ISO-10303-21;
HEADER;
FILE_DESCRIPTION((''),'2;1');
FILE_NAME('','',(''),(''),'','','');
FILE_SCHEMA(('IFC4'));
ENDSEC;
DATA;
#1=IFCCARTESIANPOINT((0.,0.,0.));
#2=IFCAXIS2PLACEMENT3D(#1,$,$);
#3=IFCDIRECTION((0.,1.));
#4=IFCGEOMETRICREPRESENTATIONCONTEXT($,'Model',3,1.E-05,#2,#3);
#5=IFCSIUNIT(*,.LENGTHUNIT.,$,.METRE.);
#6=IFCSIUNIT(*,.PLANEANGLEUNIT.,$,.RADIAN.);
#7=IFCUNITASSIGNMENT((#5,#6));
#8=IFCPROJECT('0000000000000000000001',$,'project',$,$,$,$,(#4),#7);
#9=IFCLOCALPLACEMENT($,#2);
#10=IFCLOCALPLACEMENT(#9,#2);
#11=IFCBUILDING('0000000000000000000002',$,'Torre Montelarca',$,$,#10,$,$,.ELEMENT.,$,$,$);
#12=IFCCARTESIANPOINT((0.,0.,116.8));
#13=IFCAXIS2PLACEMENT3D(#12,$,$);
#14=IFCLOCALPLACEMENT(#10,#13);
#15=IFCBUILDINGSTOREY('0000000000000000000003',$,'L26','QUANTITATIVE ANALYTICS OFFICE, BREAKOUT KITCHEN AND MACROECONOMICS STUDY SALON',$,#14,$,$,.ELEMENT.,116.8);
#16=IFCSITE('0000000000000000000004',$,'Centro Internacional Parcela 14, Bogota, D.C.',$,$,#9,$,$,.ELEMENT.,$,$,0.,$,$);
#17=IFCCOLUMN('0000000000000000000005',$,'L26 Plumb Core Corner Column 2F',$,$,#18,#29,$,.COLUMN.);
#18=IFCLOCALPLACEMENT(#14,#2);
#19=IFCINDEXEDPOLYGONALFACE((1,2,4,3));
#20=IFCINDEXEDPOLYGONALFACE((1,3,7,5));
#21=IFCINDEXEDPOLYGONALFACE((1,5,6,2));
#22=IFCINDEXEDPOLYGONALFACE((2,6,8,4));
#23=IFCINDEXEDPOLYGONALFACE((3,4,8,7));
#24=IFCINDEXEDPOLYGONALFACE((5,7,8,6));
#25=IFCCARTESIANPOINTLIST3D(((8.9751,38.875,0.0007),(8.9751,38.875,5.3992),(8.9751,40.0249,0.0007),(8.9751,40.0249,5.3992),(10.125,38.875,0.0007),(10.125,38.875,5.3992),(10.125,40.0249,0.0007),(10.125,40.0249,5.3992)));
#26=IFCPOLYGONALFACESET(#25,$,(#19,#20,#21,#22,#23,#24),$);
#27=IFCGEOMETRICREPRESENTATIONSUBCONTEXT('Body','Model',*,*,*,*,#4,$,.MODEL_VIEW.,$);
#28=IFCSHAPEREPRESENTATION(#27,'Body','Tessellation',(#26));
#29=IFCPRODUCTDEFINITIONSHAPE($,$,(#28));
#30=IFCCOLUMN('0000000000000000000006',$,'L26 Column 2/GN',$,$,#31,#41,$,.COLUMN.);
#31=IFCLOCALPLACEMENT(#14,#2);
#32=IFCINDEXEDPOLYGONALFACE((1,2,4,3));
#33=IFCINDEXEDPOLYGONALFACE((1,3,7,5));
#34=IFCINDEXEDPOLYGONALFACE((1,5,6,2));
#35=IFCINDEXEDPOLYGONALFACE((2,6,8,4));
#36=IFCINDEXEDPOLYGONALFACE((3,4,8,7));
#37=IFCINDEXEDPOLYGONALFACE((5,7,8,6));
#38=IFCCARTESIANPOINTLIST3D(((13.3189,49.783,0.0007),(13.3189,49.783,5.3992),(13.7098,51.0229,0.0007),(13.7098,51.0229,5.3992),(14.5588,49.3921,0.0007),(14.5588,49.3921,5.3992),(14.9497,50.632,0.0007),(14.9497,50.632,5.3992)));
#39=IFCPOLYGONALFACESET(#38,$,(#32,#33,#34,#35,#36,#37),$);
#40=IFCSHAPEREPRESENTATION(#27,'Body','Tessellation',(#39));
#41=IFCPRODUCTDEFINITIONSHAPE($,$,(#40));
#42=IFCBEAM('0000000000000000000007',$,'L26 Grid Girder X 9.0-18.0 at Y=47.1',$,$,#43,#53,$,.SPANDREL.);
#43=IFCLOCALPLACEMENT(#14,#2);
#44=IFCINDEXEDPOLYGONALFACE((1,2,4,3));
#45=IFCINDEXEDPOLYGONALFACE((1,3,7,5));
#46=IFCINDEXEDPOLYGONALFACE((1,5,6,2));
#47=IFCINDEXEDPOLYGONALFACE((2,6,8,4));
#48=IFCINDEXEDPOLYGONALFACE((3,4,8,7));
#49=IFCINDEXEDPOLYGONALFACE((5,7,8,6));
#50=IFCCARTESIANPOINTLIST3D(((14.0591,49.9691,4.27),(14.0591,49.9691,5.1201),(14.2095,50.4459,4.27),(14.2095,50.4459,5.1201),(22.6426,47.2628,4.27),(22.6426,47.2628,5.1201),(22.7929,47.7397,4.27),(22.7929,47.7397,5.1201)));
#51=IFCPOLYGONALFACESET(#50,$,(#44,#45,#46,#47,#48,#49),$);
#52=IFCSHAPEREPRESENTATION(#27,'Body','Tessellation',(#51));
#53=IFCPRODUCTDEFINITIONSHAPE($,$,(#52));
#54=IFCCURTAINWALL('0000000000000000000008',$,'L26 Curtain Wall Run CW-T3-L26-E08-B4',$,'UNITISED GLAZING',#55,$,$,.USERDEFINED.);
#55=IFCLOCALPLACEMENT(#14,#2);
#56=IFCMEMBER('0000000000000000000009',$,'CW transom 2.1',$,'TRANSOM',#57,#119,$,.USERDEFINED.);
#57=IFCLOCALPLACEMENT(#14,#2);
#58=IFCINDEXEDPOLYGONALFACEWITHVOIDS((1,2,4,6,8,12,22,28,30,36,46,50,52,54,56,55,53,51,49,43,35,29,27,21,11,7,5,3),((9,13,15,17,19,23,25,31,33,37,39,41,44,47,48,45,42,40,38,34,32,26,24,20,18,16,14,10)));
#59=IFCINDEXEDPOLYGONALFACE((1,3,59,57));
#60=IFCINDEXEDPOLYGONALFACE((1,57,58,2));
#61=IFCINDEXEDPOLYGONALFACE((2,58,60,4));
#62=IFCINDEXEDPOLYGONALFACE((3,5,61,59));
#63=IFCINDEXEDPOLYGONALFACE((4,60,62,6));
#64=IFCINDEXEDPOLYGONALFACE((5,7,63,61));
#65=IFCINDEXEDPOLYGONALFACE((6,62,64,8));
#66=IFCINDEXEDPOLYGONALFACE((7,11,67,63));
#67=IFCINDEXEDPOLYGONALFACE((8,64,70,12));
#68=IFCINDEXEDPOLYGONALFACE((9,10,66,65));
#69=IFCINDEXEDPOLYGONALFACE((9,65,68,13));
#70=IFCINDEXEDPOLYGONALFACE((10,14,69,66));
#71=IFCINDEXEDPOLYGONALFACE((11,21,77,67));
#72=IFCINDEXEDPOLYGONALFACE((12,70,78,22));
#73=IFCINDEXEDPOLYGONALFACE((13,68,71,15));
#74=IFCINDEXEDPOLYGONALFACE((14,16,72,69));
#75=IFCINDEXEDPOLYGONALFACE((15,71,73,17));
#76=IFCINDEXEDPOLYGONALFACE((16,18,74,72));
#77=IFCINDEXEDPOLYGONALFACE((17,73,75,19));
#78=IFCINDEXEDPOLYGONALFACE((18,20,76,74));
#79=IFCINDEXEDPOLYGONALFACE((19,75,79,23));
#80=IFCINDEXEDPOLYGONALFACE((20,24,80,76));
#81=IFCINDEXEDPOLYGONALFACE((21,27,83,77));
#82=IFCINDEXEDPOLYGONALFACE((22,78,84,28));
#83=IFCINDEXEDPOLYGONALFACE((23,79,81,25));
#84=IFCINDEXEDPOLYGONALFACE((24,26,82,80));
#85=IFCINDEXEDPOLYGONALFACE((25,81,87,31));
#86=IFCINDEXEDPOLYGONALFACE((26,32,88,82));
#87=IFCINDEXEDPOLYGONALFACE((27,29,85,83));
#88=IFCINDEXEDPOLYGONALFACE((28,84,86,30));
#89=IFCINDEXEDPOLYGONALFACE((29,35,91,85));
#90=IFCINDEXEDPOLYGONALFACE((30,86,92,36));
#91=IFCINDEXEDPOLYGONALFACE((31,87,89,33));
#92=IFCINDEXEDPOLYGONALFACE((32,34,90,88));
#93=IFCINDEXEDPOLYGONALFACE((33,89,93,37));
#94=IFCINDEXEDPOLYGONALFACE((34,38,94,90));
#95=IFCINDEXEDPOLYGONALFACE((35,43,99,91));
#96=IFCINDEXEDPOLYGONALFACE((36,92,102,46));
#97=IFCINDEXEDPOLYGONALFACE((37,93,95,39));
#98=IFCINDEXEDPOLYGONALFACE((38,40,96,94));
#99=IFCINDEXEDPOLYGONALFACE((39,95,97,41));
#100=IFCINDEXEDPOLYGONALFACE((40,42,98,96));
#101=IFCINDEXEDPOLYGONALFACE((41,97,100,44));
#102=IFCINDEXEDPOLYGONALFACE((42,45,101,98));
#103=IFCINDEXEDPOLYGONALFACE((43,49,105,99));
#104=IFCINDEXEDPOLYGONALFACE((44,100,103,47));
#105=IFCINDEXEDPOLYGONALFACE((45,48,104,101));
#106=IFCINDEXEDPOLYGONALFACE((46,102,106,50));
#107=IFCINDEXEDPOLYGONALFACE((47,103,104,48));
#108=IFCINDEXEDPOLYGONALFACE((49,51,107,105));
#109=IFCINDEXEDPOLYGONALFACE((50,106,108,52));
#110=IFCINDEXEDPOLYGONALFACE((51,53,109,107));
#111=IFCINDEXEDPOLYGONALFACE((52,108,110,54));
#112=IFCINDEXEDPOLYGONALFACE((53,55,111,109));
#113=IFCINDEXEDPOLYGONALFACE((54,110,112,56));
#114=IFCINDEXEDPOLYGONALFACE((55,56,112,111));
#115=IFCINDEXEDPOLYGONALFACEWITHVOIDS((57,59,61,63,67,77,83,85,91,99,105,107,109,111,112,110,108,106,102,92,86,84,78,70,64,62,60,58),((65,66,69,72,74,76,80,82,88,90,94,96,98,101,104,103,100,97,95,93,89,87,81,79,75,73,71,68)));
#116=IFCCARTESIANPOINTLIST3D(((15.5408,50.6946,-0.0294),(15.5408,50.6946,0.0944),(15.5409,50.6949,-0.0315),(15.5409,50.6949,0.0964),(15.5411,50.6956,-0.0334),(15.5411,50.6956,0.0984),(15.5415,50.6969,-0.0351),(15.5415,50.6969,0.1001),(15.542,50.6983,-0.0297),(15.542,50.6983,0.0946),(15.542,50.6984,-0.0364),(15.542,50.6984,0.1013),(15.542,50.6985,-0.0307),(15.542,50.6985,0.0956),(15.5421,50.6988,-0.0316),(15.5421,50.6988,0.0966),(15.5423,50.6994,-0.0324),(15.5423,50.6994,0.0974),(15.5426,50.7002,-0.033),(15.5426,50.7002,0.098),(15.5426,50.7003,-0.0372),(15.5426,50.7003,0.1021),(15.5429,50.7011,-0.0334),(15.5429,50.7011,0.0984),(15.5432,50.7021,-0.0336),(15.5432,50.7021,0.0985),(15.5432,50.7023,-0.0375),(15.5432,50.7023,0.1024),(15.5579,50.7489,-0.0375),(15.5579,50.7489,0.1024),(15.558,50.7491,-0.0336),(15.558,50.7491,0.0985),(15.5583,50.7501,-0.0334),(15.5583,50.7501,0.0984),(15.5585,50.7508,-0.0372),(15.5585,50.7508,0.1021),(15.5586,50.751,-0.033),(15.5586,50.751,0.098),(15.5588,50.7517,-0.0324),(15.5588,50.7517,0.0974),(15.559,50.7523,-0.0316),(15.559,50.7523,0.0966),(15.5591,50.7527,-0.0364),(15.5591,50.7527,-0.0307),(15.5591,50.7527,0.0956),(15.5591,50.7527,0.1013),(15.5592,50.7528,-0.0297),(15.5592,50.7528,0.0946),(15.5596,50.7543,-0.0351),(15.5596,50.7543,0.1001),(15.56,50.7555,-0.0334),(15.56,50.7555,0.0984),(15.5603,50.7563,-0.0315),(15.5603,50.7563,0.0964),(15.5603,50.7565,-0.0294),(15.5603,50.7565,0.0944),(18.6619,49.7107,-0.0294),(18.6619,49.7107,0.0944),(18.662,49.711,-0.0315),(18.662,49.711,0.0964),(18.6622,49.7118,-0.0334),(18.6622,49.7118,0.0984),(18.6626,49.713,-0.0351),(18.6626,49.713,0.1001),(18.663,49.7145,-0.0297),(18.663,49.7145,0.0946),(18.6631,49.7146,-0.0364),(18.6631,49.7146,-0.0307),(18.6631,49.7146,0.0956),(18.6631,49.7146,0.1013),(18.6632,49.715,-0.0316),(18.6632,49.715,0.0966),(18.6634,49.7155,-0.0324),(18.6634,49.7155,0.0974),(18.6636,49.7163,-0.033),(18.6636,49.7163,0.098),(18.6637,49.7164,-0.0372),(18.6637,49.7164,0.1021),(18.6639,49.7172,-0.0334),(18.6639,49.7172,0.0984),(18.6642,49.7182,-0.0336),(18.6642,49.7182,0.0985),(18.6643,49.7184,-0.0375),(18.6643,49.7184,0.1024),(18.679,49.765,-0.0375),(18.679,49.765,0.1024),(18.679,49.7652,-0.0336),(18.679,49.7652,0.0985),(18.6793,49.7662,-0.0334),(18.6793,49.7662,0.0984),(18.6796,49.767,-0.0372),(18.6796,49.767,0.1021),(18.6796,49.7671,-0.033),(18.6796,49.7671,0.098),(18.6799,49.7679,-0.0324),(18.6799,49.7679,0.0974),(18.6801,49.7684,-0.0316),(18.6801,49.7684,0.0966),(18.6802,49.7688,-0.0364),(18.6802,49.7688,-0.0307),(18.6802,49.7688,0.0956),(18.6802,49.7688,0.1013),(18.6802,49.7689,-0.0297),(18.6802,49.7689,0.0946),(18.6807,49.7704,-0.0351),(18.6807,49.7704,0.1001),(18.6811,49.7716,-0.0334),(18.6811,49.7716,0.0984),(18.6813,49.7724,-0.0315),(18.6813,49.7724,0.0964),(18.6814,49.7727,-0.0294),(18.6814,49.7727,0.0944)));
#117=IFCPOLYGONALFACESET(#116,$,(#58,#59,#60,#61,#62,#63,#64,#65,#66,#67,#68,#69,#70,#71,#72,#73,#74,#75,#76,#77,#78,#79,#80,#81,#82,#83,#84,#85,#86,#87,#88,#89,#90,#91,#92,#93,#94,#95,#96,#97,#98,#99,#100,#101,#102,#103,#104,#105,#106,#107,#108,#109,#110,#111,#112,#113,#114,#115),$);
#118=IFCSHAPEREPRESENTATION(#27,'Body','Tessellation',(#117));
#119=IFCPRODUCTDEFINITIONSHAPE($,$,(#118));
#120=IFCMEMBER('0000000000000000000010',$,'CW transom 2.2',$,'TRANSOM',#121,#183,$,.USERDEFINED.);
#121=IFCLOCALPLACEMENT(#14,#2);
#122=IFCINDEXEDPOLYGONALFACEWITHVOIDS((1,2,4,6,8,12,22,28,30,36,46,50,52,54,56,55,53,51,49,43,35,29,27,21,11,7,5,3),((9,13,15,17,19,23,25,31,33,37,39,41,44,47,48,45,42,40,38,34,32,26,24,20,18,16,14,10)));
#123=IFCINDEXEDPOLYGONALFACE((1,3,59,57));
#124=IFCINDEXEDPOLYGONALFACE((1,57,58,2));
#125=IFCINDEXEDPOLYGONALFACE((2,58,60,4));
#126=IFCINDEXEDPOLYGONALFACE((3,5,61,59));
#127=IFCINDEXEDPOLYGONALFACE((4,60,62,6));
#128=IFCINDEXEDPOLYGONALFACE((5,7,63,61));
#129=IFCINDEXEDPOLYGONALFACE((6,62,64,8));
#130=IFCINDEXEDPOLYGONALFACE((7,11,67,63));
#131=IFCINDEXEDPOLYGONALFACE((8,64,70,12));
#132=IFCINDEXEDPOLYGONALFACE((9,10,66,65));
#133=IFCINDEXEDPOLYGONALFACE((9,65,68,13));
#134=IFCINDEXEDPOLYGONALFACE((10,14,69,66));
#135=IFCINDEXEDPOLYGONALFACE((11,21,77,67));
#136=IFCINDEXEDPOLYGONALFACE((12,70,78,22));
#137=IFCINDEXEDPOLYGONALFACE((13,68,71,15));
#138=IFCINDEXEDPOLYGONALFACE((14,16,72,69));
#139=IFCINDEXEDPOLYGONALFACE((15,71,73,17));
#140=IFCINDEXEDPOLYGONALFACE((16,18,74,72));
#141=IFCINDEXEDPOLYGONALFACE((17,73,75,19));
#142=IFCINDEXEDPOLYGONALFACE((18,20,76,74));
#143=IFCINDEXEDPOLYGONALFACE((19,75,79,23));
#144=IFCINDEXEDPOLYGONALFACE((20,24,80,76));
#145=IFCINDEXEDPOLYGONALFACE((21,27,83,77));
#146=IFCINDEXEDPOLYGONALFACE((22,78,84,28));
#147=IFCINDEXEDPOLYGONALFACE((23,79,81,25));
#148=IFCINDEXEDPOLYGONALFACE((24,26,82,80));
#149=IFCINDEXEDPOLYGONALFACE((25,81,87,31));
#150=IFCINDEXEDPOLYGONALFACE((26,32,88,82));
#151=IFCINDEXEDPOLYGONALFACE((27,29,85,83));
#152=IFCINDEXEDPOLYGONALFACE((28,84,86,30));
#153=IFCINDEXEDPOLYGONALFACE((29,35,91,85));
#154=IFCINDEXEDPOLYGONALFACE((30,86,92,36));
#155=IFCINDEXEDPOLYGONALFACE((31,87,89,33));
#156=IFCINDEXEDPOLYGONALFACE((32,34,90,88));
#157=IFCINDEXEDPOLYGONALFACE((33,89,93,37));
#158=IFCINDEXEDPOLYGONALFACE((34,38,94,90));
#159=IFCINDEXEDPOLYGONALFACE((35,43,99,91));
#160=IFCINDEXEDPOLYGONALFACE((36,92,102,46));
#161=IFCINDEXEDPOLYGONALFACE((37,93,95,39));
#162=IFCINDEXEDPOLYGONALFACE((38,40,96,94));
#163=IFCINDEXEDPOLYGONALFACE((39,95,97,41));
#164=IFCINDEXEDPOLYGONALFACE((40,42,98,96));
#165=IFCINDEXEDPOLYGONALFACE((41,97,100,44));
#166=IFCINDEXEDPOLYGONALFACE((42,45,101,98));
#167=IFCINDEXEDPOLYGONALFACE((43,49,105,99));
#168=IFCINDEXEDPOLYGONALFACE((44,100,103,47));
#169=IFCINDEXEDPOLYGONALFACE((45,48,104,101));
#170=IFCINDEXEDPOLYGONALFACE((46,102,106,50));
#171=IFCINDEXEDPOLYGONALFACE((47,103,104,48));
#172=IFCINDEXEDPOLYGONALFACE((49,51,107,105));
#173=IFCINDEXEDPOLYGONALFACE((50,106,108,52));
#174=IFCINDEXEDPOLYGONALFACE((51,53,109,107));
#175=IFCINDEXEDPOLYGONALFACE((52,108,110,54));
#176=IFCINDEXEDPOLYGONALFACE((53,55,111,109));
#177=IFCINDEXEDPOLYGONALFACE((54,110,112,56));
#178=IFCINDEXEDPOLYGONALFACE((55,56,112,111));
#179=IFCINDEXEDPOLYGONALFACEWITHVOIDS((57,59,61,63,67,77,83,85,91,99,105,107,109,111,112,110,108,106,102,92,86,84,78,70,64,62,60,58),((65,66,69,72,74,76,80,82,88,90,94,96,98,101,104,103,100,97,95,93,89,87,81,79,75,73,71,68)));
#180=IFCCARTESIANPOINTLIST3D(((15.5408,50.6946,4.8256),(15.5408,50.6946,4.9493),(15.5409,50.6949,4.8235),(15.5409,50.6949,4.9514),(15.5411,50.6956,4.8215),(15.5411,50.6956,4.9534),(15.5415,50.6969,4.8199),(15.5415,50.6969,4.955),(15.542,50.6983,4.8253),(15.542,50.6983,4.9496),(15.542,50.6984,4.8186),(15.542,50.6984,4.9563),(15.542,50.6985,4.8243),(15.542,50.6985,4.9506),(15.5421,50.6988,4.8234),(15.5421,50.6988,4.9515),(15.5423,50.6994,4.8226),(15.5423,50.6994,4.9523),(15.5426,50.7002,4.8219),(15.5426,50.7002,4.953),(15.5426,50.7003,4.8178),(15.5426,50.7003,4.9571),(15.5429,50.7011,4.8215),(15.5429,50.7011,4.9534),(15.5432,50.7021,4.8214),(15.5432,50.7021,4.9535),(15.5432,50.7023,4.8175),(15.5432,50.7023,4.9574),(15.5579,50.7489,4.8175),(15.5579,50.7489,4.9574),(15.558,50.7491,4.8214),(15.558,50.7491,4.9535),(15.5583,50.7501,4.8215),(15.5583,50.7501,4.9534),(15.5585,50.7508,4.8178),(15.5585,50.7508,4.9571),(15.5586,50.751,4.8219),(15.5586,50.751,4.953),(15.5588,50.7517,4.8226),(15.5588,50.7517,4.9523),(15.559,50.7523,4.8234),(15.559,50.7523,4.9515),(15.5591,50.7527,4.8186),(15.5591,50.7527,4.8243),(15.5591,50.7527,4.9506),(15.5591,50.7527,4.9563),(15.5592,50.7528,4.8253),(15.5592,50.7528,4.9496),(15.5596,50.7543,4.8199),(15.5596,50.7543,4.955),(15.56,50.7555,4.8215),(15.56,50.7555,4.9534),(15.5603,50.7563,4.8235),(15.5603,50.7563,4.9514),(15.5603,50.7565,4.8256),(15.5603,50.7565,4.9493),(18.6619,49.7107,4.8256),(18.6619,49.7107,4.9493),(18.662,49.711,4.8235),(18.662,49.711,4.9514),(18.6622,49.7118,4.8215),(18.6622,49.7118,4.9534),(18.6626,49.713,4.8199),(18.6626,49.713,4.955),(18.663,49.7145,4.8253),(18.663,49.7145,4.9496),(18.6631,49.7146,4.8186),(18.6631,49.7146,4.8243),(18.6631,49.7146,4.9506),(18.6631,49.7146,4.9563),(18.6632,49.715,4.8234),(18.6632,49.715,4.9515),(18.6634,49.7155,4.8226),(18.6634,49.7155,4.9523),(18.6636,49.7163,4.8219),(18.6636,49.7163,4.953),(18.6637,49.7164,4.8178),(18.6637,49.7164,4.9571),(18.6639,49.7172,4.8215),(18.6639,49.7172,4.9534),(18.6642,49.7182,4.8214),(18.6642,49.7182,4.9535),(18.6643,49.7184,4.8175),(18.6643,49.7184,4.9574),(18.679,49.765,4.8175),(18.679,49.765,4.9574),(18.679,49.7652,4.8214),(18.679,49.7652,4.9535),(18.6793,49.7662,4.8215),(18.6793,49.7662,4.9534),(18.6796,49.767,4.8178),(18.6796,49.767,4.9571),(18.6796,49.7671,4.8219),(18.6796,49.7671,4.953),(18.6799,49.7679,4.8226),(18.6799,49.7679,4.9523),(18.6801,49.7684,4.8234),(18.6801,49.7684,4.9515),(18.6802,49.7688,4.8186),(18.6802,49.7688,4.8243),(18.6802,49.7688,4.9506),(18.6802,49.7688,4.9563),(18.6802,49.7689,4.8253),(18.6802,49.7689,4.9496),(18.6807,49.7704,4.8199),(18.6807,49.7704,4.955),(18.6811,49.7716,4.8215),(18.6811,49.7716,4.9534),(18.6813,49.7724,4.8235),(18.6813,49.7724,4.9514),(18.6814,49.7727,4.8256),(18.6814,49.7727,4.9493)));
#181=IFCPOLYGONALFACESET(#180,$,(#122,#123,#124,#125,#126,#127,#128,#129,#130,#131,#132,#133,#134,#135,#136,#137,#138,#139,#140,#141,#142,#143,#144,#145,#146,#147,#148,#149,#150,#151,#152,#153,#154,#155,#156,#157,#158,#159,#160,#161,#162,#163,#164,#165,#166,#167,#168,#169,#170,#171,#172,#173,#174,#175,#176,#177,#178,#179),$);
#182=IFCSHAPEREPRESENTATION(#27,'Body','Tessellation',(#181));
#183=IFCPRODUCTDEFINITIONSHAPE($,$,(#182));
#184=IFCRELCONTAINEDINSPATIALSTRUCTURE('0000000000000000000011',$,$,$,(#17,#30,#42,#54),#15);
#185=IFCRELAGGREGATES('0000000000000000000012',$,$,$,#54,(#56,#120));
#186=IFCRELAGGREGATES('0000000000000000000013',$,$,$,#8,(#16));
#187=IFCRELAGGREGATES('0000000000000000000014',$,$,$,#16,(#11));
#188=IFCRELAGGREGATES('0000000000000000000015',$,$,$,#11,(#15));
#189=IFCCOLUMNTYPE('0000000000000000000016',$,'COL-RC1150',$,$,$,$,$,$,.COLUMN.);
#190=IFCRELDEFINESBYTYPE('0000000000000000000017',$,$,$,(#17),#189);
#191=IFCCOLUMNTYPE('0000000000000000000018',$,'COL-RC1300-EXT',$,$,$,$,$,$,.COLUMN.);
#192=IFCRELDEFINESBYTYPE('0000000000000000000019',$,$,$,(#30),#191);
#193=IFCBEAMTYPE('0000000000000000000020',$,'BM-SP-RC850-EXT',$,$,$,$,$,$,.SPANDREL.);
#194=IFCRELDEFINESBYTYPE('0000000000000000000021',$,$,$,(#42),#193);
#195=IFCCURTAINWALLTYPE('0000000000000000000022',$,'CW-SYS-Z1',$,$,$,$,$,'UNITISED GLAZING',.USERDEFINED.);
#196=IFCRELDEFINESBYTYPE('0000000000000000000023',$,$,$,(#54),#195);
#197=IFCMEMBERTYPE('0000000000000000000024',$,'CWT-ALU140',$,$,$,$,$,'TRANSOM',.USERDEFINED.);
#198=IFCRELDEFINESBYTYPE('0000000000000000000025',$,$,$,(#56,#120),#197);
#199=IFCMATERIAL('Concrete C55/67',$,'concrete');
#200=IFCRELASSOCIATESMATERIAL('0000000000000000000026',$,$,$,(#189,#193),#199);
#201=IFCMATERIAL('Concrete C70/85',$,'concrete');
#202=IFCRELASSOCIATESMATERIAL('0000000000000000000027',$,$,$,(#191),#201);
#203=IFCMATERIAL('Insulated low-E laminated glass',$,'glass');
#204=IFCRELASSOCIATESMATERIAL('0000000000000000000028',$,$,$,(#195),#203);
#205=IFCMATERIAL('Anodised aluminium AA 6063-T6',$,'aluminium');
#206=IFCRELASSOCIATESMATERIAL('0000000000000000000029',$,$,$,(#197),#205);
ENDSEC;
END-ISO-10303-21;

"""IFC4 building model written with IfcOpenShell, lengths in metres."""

from ifc_helpers import new_model, si_unit, direction, frame, origin, origin_2d, place, context, subcontext, project, spatial, rectangle, hollow_rectangle, extrude, source, transform, mapped, material, material_profile, profile_set, type_object, element, aggregate, save


model = new_model("IFC4")

# Units and contexts
model_context = context("Model", 3, precision=1e-05, world=origin(), true_north=direction((0.0, 1.0)))
body_context = subcontext(model_context, "Body", "Model", "MODEL_VIEW")
ifc_project = project(units=[si_unit("LENGTHUNIT", "METRE"), si_unit("PLANEANGLEUNIT", "RADIAN")], contexts=[model_context])

# Site, building, storey
site_placement = place(None, origin())
site = spatial("IfcSite", under=ifc_project, at=site_placement, Name="Centro Internacional Parcela 14, Bogota, D.C.", CompositionType="ELEMENT", RefElevation=0.0)
building_placement = place(site_placement, origin())
building = spatial("IfcBuilding", under=site, at=building_placement, Name="Torre Montelarca", CompositionType="ELEMENT")
storey_placement = place(building_placement, frame((0.0, 0.0, 116.8)))
storey = spatial("IfcBuildingStorey", under=building, at=storey_placement, Name="L26", Description="QUANTITATIVE ANALYTICS OFFICE, BREAKOUT KITCHEN AND MACROECONOMICS STUDY SALON", CompositionType="ELEMENT", Elevation=116.8)

# Columns
ifc_material_1 = material(Name="Concrete C55/67", Category="concrete")
ifc_material_profile_1 = material_profile(ifc_material_1, rectangle(XDim=1.1499, YDim=1.1499, at=origin_2d()), Name="RC1150X1150", Category="concrete")
ifc_profile_set_1 = profile_set([ifc_material_profile_1], Name="Concrete C55/67")
column_type_1 = type_object("IfcColumnType", Name="COL-RC1150", PredefinedType="COLUMN", material=ifc_profile_set_1)
shared_shape_1 = source(origin(), body_context, "Body", "SweptSolid", [
    extrude(rectangle(XDim=1.1499, YDim=1.1499, at=origin_2d()), origin(), (0.0, 0.0, 1.0), 5.3984),
])
column_1_placement = place(storey_placement, frame((9.55, 39.45, 0.0007), z_axis=(0.0, 0.0, 1.0), x_axis=(1.0, 0.0, 0.0)))
element("IfcColumn", 1, at=column_1_placement, inside=storey, type_object=column_type_1, Name="L26 Plumb Core Corner Column 2F", PredefinedType="COLUMN", context=body_context, shape_type="MappedRepresentation", body=[
    mapped(shared_shape_1, transform((0.0, 0.0, 0.0), scale=1.0)),
])
ifc_material_2 = material(Name="Concrete C70/85", Category="concrete")
ifc_material_profile_2 = material_profile(ifc_material_2, rectangle(XDim=1.3, YDim=1.3, at=origin_2d()), Name="RC1300X1300", Category="concrete")
ifc_profile_set_2 = profile_set([ifc_material_profile_2], Name="Concrete C70/85")
column_type_2 = type_object("IfcColumnType", Name="COL-RC1300-EXT", PredefinedType="COLUMN", material=ifc_profile_set_2)
shared_shape_2 = source(origin(), body_context, "Body", "SweptSolid", [
    extrude(rectangle(XDim=1.3, YDim=1.3, at=origin_2d()), origin(), (0.0, 0.0, 1.0), 5.3984),
])
column_2_placement = place(storey_placement, frame((14.1343, 50.2075, 0.0007), z_axis=(0.0, 0.0, 1.0), x_axis=(-0.953717, 0.300706, 0.0)))
element("IfcColumn", 2, at=column_2_placement, inside=storey, type_object=column_type_2, Name="L26 Column 2/GN", PredefinedType="COLUMN", context=body_context, shape_type="MappedRepresentation", body=[
    mapped(shared_shape_2, transform((0.0, 0.0, 0.0), scale=1.0)),
])

# Beam
ifc_material_profile_3 = material_profile(ifc_material_1, rectangle(XDim=0.5, YDim=0.8501, at=origin_2d()), Name="RCB500X850", Category="concrete")
ifc_profile_set_3 = profile_set([ifc_material_profile_3], Name="Concrete C55/67")
beam_type = type_object("IfcBeamType", Name="BM-SP-RC850-EXT", PredefinedType="SPANDREL", material=ifc_profile_set_3)
shared_shape_3 = source(origin(), body_context, "Body", "SweptSolid", [
    extrude(rectangle(XDim=0.5, YDim=0.8501, at=origin_2d()), origin(), (0.0, 0.0, 1.0), 9.0),
])
beam_placement = place(storey_placement, frame((14.1343, 50.2075, 4.6951), z_axis=(0.953719, -0.300699, 0.0), x_axis=(0.300699, 0.953719, 0.0)))
element("IfcBeam", 3, at=beam_placement, inside=storey, type_object=beam_type, Name="L26 Grid Girder X 9.0-18.0 at Y=47.1", PredefinedType="SPANDREL", context=body_context, shape_type="MappedRepresentation", body=[
    mapped(shared_shape_3, transform((0.0, 0.0, 0.0), scale=1.0)),
])

# Curtain wall, members
ifc_material_3 = material(Name="Insulated low-E laminated glass", Category="glass")
curtain_wall_type = type_object("IfcCurtainWallType", Name="CW-SYS-Z1", ElementType="UNITISED GLAZING", PredefinedType="USERDEFINED", material=ifc_material_3)
curtain_wall_1_placement = place(storey_placement, origin())
curtain_wall_1 = element("IfcCurtainWall", 4, at=curtain_wall_1_placement, inside=storey, type_object=curtain_wall_type, Name="L26 Curtain Wall Run CW-T3-L26-E08-B4", ObjectType="UNITISED GLAZING", PredefinedType="USERDEFINED")
ifc_material_4 = material(Name="Anodised aluminium AA 6063-T6", Category="aluminium")
ifc_material_profile_4 = material_profile(ifc_material_4, hollow_rectangle(XDim=0.0649, YDim=0.1399, WallThickness=0.0039, InnerFilletRadius=0.0039, OuterFilletRadius=0.0081, at=origin_2d()), Name="ALU65X140X4", Category="aluminium")
ifc_profile_set_4 = profile_set([ifc_material_profile_4], Name="Anodised aluminium AA 6063-T6")
member_type_1 = type_object("IfcMemberType", Name="CWT-ALU140", ElementType="TRANSOM", PredefinedType="USERDEFINED", material=ifc_profile_set_4)
shared_shape_4 = source(origin(), body_context, "Body", "SweptSolid", [
    extrude(hollow_rectangle(XDim=0.0649, YDim=0.1399, WallThickness=0.0039, InnerFilletRadius=0.0039, OuterFilletRadius=0.0081, at=origin_2d()), origin(), (0.0, 0.0, 1.0), 3.2725),
])
member_1_placement = place(storey_placement, frame((18.6716, 49.7417, 0.0325), z_axis=(-0.953734, 0.300653, 0.0), x_axis=(-0.300653, -0.953734, 0.0)))
member_1 = element("IfcMember", 5, at=member_1_placement, type_object=member_type_1, Name="CW transom 2.1", ObjectType="TRANSOM", PredefinedType="USERDEFINED", context=body_context, shape_type="MappedRepresentation", body=[
    mapped(shared_shape_4, transform((0.0, 0.0, 0.0), scale=1.0)),
])
member_2_placement = place(storey_placement, frame((18.6716, 49.7417, 4.8875), z_axis=(-0.953734, 0.300653, 0.0), x_axis=(-0.300653, -0.953734, 0.0)))
member_2 = element("IfcMember", 6, at=member_2_placement, type_object=member_type_1, Name="CW transom 2.2", ObjectType="TRANSOM", PredefinedType="USERDEFINED", context=body_context, shape_type="MappedRepresentation", body=[
    mapped(shared_shape_4, transform((0.0, 0.0, 0.0), scale=1.0)),
])

aggregate(curtain_wall_1, [member_1, member_2])

save(model, "model.ifc")
